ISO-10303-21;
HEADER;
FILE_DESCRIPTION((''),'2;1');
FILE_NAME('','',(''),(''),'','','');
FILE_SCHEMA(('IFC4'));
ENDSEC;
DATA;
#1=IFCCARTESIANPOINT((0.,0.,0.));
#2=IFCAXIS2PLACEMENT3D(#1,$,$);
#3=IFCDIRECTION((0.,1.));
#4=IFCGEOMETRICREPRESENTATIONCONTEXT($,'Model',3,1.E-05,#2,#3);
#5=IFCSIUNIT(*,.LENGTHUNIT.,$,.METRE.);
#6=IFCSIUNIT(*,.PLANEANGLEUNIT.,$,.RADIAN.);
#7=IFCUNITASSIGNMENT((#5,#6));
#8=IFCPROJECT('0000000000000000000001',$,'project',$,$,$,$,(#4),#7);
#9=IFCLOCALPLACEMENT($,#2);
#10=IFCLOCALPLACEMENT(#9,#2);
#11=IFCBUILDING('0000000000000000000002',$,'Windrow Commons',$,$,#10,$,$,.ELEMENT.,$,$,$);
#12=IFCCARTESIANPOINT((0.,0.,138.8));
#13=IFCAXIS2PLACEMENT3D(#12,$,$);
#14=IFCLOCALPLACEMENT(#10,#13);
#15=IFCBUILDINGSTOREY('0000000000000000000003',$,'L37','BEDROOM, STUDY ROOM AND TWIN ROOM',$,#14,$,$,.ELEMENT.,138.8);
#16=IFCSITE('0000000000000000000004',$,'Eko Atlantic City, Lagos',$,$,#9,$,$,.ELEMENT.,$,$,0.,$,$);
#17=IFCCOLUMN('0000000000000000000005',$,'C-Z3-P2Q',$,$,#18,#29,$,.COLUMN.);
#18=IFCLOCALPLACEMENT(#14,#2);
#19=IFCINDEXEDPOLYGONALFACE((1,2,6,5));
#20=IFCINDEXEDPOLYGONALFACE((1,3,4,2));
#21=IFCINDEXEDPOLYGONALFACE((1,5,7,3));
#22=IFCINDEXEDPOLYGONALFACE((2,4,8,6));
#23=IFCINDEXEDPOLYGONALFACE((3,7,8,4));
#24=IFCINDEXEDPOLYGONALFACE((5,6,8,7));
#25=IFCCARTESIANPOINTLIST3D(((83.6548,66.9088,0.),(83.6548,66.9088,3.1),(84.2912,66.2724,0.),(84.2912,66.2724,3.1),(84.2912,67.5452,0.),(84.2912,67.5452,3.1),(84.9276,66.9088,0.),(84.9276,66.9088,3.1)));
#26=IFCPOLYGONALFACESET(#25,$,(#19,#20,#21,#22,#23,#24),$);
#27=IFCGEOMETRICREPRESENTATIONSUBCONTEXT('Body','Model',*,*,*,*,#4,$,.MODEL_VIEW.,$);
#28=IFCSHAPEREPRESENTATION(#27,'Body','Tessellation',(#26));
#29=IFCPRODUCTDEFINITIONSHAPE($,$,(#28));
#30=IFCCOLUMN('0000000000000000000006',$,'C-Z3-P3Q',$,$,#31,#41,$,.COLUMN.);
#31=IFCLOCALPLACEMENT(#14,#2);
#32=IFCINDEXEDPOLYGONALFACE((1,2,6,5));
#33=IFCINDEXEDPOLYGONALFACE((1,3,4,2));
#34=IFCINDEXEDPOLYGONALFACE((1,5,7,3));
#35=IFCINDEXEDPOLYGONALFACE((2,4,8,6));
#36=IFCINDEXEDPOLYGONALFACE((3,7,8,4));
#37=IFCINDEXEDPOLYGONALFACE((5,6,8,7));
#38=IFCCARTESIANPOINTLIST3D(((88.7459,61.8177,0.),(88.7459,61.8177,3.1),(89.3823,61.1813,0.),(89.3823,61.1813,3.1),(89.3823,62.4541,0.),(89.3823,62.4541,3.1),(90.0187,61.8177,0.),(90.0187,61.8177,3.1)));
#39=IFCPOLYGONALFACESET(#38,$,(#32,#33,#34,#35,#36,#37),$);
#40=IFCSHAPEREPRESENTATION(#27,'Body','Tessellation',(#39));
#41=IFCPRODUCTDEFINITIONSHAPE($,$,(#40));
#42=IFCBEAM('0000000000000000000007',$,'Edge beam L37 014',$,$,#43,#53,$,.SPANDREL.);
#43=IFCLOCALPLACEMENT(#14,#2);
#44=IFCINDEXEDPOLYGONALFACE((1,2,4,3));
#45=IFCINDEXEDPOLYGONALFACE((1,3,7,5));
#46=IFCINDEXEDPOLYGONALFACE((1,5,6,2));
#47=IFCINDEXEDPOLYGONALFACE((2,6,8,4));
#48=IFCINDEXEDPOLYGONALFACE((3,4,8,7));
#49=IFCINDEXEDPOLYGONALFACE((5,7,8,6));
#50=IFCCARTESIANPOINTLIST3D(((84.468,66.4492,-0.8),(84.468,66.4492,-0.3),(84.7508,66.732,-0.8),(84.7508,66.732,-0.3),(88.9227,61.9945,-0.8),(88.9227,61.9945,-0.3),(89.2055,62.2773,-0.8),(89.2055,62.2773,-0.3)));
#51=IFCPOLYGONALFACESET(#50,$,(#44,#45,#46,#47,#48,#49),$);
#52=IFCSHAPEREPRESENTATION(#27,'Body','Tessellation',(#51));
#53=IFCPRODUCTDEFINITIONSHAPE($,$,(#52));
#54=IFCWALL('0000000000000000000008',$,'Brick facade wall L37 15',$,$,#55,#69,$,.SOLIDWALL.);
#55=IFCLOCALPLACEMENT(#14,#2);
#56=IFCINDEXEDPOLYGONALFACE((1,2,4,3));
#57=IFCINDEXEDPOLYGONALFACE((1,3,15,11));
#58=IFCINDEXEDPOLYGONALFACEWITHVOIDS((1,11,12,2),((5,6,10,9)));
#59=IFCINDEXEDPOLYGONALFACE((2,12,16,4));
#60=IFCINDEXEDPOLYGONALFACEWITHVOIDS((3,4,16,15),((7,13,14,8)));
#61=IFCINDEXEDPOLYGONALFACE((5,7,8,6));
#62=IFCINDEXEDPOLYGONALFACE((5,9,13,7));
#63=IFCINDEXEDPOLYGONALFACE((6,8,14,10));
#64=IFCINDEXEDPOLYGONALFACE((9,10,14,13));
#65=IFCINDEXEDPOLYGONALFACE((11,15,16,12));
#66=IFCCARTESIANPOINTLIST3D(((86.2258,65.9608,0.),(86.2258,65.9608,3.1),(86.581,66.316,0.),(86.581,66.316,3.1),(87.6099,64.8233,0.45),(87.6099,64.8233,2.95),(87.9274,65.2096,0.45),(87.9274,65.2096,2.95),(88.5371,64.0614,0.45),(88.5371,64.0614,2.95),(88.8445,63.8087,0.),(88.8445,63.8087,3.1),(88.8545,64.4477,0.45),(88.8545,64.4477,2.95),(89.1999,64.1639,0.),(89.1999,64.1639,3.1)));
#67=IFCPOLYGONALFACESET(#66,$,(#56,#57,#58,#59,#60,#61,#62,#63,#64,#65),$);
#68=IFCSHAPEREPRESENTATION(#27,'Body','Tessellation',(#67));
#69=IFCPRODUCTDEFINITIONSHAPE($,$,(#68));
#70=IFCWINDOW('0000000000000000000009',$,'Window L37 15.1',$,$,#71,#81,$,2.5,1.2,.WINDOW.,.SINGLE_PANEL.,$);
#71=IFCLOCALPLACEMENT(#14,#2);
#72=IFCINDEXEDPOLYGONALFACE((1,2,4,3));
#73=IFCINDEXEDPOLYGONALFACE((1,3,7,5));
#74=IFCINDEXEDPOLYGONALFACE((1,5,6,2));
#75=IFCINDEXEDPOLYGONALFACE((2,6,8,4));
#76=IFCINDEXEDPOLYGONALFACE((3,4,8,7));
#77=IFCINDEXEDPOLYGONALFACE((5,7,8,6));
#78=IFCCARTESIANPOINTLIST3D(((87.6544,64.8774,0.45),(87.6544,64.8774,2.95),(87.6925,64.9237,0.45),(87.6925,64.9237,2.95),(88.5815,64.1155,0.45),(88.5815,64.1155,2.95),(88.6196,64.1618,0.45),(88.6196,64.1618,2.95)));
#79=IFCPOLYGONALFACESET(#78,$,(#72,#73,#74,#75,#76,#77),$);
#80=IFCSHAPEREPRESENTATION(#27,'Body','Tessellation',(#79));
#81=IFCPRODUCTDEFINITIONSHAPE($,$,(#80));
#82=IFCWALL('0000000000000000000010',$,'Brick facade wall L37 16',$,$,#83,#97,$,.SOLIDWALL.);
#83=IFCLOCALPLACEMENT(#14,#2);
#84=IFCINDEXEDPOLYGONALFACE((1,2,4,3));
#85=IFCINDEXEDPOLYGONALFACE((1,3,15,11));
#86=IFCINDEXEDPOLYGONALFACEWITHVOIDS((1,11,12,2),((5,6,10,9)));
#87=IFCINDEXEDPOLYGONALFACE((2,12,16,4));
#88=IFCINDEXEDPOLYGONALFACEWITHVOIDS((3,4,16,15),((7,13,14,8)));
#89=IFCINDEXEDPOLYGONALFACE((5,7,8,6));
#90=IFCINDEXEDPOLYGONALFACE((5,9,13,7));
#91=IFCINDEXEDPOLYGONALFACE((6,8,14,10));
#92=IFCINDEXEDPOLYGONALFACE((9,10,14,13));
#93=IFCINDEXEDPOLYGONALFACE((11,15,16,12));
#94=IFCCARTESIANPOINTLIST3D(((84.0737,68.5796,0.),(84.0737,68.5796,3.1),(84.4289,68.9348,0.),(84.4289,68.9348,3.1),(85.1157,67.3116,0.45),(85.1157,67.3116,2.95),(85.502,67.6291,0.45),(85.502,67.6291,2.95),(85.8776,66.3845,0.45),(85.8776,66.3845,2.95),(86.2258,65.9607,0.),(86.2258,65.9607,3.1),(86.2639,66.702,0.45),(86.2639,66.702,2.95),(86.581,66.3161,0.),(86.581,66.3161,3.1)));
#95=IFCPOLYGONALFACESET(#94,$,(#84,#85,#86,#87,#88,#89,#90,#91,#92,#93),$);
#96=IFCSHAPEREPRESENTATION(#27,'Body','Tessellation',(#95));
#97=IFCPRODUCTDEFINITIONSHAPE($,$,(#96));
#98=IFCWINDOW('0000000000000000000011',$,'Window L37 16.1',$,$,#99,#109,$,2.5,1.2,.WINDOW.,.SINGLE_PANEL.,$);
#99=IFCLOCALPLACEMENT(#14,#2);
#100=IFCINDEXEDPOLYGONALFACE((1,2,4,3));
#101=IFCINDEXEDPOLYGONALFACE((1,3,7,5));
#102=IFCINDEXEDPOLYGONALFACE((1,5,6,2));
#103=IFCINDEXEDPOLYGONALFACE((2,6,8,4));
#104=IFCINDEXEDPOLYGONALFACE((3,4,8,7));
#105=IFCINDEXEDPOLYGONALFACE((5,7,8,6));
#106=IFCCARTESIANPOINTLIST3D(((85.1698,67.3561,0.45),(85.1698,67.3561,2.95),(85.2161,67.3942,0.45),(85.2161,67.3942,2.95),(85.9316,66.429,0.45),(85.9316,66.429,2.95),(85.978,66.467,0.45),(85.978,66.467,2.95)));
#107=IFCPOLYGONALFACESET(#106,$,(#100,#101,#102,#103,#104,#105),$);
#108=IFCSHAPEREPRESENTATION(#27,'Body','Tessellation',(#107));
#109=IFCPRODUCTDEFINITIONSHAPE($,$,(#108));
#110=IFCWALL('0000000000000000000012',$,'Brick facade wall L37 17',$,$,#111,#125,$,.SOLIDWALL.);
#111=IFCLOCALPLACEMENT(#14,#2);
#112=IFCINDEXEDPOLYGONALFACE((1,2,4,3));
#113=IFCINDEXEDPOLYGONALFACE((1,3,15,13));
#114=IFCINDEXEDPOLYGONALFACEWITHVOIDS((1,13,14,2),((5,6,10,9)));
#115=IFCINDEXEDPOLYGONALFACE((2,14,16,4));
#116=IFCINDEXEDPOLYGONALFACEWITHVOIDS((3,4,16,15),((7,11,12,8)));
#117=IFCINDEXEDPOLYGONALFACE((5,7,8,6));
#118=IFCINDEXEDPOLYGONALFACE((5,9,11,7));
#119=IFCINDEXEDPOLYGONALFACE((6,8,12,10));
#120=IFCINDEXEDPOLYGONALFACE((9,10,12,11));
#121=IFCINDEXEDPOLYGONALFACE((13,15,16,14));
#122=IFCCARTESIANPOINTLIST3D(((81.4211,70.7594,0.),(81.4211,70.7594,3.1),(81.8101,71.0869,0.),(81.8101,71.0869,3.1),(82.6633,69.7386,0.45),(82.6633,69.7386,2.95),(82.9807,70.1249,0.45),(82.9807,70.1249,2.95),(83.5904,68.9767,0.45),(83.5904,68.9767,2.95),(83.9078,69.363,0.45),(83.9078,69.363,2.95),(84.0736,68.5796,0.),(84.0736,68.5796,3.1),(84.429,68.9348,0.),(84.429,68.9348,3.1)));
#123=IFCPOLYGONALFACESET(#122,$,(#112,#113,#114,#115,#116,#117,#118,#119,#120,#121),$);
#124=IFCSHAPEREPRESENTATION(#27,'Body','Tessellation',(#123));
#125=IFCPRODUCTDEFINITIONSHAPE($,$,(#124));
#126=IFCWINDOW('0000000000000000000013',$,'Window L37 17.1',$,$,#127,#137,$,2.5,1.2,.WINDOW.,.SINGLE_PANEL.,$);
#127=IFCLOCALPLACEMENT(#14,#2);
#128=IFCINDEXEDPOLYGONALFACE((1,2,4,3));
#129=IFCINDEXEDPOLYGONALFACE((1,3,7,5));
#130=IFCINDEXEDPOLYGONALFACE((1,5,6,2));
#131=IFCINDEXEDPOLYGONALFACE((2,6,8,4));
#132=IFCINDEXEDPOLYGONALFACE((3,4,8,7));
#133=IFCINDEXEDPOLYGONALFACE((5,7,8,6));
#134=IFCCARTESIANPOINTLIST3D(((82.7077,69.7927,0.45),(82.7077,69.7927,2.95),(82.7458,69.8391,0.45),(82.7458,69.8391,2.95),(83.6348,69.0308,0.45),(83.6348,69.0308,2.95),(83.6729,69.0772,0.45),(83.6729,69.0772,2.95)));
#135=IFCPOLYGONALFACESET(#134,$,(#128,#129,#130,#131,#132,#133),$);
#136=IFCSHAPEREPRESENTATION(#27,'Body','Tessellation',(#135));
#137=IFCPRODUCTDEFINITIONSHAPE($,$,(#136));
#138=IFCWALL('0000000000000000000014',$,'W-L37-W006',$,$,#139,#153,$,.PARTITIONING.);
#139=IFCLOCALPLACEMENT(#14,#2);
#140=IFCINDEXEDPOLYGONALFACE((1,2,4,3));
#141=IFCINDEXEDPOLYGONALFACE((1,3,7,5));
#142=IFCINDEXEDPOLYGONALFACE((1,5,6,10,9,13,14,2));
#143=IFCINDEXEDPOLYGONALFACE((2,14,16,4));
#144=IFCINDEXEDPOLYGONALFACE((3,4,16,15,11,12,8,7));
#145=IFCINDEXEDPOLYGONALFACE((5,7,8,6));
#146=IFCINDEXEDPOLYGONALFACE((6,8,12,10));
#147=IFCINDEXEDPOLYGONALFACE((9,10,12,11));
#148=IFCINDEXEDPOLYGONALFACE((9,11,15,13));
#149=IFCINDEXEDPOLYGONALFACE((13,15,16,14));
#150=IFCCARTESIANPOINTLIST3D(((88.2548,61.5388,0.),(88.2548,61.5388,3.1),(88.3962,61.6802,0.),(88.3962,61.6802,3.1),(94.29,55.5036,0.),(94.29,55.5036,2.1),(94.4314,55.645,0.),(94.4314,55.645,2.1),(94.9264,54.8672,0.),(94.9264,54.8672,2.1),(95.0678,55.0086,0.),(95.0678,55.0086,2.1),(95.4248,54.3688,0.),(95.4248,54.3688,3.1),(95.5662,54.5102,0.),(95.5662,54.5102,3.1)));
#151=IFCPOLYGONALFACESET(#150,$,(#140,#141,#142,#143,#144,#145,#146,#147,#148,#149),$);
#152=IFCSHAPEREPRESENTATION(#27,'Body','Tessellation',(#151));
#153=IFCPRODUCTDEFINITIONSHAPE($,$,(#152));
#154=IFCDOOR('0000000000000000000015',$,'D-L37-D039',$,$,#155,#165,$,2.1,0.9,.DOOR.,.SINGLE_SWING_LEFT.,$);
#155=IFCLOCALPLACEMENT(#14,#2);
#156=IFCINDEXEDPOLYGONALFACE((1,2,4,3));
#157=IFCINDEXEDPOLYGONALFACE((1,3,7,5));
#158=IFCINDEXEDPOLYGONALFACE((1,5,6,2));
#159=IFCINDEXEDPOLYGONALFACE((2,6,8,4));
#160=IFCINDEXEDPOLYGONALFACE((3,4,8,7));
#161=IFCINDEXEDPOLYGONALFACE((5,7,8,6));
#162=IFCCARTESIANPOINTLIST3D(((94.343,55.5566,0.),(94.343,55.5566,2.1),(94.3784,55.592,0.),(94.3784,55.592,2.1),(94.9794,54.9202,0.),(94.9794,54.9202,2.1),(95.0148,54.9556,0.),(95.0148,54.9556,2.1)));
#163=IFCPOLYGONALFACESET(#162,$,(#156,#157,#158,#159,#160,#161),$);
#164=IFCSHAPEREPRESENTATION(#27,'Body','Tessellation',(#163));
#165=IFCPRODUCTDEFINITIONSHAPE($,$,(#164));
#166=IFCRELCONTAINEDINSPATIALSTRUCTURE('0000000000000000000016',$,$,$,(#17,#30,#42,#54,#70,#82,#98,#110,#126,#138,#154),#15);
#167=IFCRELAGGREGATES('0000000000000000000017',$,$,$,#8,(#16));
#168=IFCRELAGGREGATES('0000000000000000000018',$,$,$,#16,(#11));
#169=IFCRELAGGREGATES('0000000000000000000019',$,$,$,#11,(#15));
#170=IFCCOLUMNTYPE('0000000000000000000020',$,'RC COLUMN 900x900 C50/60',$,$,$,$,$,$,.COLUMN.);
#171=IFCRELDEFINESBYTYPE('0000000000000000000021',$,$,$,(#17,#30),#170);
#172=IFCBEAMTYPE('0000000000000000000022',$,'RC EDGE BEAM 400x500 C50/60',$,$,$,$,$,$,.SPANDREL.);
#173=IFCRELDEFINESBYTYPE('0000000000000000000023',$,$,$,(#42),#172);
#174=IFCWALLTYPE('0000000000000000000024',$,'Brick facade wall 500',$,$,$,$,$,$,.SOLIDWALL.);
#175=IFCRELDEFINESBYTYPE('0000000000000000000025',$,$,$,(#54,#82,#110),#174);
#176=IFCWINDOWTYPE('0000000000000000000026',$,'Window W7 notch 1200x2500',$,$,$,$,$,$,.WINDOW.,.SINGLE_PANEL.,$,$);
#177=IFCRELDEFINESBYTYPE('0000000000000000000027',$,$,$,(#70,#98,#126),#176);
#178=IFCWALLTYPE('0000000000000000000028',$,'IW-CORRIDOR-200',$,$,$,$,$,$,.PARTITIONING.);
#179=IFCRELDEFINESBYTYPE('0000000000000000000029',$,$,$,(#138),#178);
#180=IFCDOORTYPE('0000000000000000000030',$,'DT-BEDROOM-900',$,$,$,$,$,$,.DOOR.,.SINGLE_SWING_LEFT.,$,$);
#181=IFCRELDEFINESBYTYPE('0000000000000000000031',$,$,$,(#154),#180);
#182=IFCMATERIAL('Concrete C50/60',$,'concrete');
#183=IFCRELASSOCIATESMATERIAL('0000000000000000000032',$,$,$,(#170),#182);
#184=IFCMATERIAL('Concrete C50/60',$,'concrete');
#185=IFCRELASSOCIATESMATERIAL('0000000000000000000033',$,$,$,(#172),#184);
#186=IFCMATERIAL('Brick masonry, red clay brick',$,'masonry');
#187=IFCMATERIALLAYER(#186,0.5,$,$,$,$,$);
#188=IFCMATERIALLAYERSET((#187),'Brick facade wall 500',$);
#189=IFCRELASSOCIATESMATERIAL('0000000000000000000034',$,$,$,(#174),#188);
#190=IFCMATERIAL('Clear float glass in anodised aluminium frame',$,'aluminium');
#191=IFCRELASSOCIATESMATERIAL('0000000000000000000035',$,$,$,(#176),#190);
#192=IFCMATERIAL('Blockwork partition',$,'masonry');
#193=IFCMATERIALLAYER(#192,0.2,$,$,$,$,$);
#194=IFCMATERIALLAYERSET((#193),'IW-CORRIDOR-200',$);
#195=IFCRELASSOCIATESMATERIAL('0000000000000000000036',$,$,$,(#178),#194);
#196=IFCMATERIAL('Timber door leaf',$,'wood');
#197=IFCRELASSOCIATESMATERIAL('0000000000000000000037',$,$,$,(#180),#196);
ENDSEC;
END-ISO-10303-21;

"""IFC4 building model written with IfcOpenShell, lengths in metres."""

from ifc_helpers import new_model, si_unit, direction, frame, frame_2d, origin, origin_2d, place, context, subcontext, project, spatial, polyline, rectangle, outline, extrude, material, layer, layer_set, material_profile, profile_set, type_object, element, fill, save


model = new_model("IFC4")

# Units and contexts
model_context = context("Model", 3, precision=1e-05, world=origin(), true_north=direction((0.0, 1.0)))
body_context = subcontext(model_context, "Body", "Model", "MODEL_VIEW")
ifc_project = project(units=[si_unit("LENGTHUNIT", "METRE"), si_unit("PLANEANGLEUNIT", "RADIAN")], contexts=[model_context])

# Site, building, storey
site_placement = place(None, origin())
site = spatial("IfcSite", under=ifc_project, at=site_placement, Name="Eko Atlantic City, Lagos", CompositionType="ELEMENT", RefElevation=0.0)
building_placement = place(site_placement, origin())
building = spatial("IfcBuilding", under=site, at=building_placement, Name="Windrow Commons", CompositionType="ELEMENT")
storey_placement = place(building_placement, frame((0.0, 0.0, 138.8)))
storey = spatial("IfcBuildingStorey", under=building, at=storey_placement, Name="L37", Description="BEDROOM, STUDY ROOM AND TWIN ROOM", CompositionType="ELEMENT", Elevation=138.8)

# Columns
ifc_material_1 = material(Name="Concrete C50/60", Category="concrete")
ifc_material_profile_1 = material_profile(ifc_material_1, rectangle(XDim=0.9, YDim=0.9, at=origin_2d()))
ifc_profile_set_1 = profile_set([ifc_material_profile_1], Name="Concrete C50/60")
column_type = type_object("IfcColumnType", Name="RC COLUMN 900x900 C50/60", PredefinedType="COLUMN", material=ifc_profile_set_1)
for number, where, z_axis, x_axis, name in (
    (1, (84.2912, 66.9088, 0.0), (0.0, 0.0, 1.0), (0.707107, -0.707107, 0.0), "C-Z3-P2Q"),
    (2, (89.3823, 61.8177, 0.0), (0.0, 0.0, 1.0), (0.707107, -0.707107, 0.0), "C-Z3-P3Q"),
):
    element("IfcColumn", number, at=place(storey_placement, frame(where, z_axis=z_axis, x_axis=x_axis)), inside=storey, type_object=column_type, Name=name, PredefinedType="COLUMN", context=body_context, shape_type="SweptSolid", body=[
        extrude(rectangle(XDim=0.9, YDim=0.9, at=origin_2d()), origin(), (0.0, 0.0, 1.0), 3.1),
    ])

# Beam
ifc_material_2 = material(Name="Concrete C50/60", Category="concrete")
ifc_material_profile_2 = material_profile(ifc_material_2, rectangle(XDim=0.4, YDim=0.5, at=origin_2d()))
ifc_profile_set_2 = profile_set([ifc_material_profile_2], Name="Concrete C50/60")
beam_type = type_object("IfcBeamType", Name="RC EDGE BEAM 400x500 C50/60", PredefinedType="SPANDREL", material=ifc_profile_set_2)
beam_placement = place(storey_placement, frame((84.6094, 66.5906, -0.55), z_axis=(0.707107, -0.707107, 0.0), x_axis=(0.707107, 0.707107, 0.0)))
element("IfcBeam", 3, at=beam_placement, inside=storey, type_object=beam_type, Name="Edge beam L37 014", PredefinedType="SPANDREL", context=body_context, shape_type="SweptSolid", body=[
    extrude(rectangle(XDim=0.4, YDim=0.5, at=origin_2d()), origin(), (0.0, 0.0, 1.0), 6.2999),
])

# Walls, openings, windows
ifc_material_3 = material(Name="Brick masonry, red clay brick", Category="masonry")
ifc_layer_1 = layer(ifc_material_3, 0.5)
ifc_layer_set_1 = layer_set([ifc_layer_1], Name="Brick facade wall 500")
wall_type_1 = type_object("IfcWallType", Name="Brick facade wall 500", PredefinedType="SOLIDWALL", material=ifc_layer_set_1)
wall_1_placement = place(storey_placement, frame((89.0222, 63.9863, 0.0), z_axis=(0.0, 0.0, 1.0), x_axis=(-0.77259, 0.634905, 0.0)))
wall_1 = element("IfcWall", 4, at=wall_1_placement, inside=storey, type_object=wall_type_1, Name="Brick facade wall L37 15", PredefinedType="SOLIDWALL", context=body_context, shape_type="SweptSolid", body=[
    extrude(outline(polyline([(-0.0245, -0.25), (3.3652, -0.25), (3.4141, 0.25), (0.0245, 0.25), (-0.0245, -0.25)])), origin(), (0.0, 0.0, 1.0), 3.1),
])
opening_1_placement = place(wall_1_placement, frame((0.4225, 0.0, 0.45)))
opening_1 = element("IfcOpeningElement", 5, at=opening_1_placement, cuts=wall_1, PredefinedType="OPENING", context=body_context, shape_type="SweptSolid", body=[
    extrude(rectangle(XDim=1.2, YDim=2.5, at=frame_2d((0.6, 1.25))), frame((0.0, 0.26, 0.0), z_axis=(0.0, -1.0, 0.0), x_axis=(1.0, 0.0, 0.0)), (0.0, 0.0, 1.0), 0.52),
])
ifc_material_4 = material(Name="Clear float glass in anodised aluminium frame", Category="aluminium")
window_type = type_object("IfcWindowType", Name="Window W7 notch 1200x2500", PartitioningType="SINGLE_PANEL", PredefinedType="WINDOW", material=ifc_material_4)
window_1_placement = place(opening_1_placement, origin())
window_1 = element("IfcWindow", 6, at=window_1_placement, inside=storey, type_object=window_type, Name="Window L37 15.1", OverallHeight=2.5, OverallWidth=1.2, PartitioningType="SINGLE_PANEL", PredefinedType="WINDOW", context=body_context, shape_type="SweptSolid", body=[
    extrude(rectangle(XDim=1.2, YDim=2.5, at=frame_2d((0.6, 1.25))), frame((0.0, 0.18, 0.0), z_axis=(0.0, -1.0, 0.0), x_axis=(1.0, 0.0, 0.0)), (0.0, 0.0, 1.0), 0.06),
])
fill(opening_1, window_1)
wall_2_placement = place(storey_placement, frame((86.4034, 66.1384, 0.0), z_axis=(0.0, 0.0, 1.0), x_axis=(-0.634905, 0.77259, 0.0)))
wall_2 = element("IfcWall", 7, at=wall_2_placement, inside=storey, type_object=wall_type_1, Name="Brick facade wall L37 16", PredefinedType="SOLIDWALL", context=body_context, shape_type="SweptSolid", body=[
    extrude(outline(polyline([(0.0245, -0.25), (3.4141, -0.25), (3.3652, 0.25), (-0.0245, 0.25), (0.0245, -0.25)])), origin(), (0.0, 0.0, 1.0), 3.1),
])
opening_2_placement = place(wall_2_placement, frame((0.524, 0.0, 0.45)))
opening_2 = element("IfcOpeningElement", 8, at=opening_2_placement, cuts=wall_2, PredefinedType="OPENING", context=body_context, shape_type="SweptSolid", body=[
    extrude(rectangle(XDim=1.2, YDim=2.5, at=frame_2d((0.6, 1.25))), frame((0.0, 0.26, 0.0), z_axis=(0.0, -1.0, 0.0), x_axis=(1.0, 0.0, 0.0)), (0.0, 0.0, 1.0), 0.52),
])
window_2_placement = place(opening_2_placement, origin())
window_2 = element("IfcWindow", 9, at=window_2_placement, inside=storey, type_object=window_type, Name="Window L37 16.1", OverallHeight=2.5, OverallWidth=1.2, PartitioningType="SINGLE_PANEL", PredefinedType="WINDOW", context=body_context, shape_type="SweptSolid", body=[
    extrude(rectangle(XDim=1.2, YDim=2.5, at=frame_2d((0.6, 1.25))), frame((0.0, 0.18, 0.0), z_axis=(0.0, -1.0, 0.0), x_axis=(1.0, 0.0, 0.0)), (0.0, 0.0, 1.0), 0.06),
])
fill(opening_2, window_2)
wall_3_placement = place(storey_placement, frame((84.2513, 68.7572, 0.0), z_axis=(0.0, 0.0, 1.0), x_axis=(-0.772588, 0.634908, 0.0)))
wall_3 = element("IfcWall", 10, at=wall_3_placement, inside=storey, type_object=wall_type_1, Name="Brick facade wall L37 17", PredefinedType="SOLIDWALL", context=body_context, shape_type="SweptSolid", body=[
    extrude(outline(polyline([(-0.0245, -0.25), (3.3652, -0.25), (3.4578, 0.25), (0.0245, 0.25), (-0.0245, -0.25)])), origin(), (0.0, 0.0, 1.0), 3.1),
])
opening_3_placement = place(wall_3_placement, frame((0.65, 0.0, 0.45)))
opening_3 = element("IfcOpeningElement", 11, at=opening_3_placement, cuts=wall_3, PredefinedType="OPENING", context=body_context, shape_type="SweptSolid", body=[
    extrude(rectangle(XDim=1.2, YDim=2.5, at=frame_2d((0.6, 1.25))), frame((0.0, 0.26, 0.0), z_axis=(0.0, -1.0, 0.0), x_axis=(1.0, 0.0, 0.0)), (0.0, 0.0, 1.0), 0.52),
])
window_3_placement = place(opening_3_placement, origin())
window_3 = element("IfcWindow", 12, at=window_3_placement, inside=storey, type_object=window_type, Name="Window L37 17.1", OverallHeight=2.5, OverallWidth=1.2, PartitioningType="SINGLE_PANEL", PredefinedType="WINDOW", context=body_context, shape_type="SweptSolid", body=[
    extrude(rectangle(XDim=1.2, YDim=2.5, at=frame_2d((0.6, 1.25))), frame((0.0, 0.18, 0.0), z_axis=(0.0, -1.0, 0.0), x_axis=(1.0, 0.0, 0.0)), (0.0, 0.0, 1.0), 0.06),
])
fill(opening_3, window_3)

# Wall, opening, door
ifc_material_5 = material(Name="Blockwork partition", Category="masonry")
ifc_layer_2 = layer(ifc_material_5, 0.2)
ifc_layer_set_2 = layer_set([ifc_layer_2], Name="IW-CORRIDOR-200")
wall_type_2 = type_object("IfcWallType", Name="IW-CORRIDOR-200", PredefinedType="PARTITIONING", material=ifc_layer_set_2)
wall_4_placement = place(storey_placement, frame((88.3255, 61.6095, 0.0), z_axis=(0.0, 0.0, 1.0), x_axis=(0.707107, -0.707107, 0.0)))
wall_4 = element("IfcWall", 13, at=wall_4_placement, inside=storey, type_object=wall_type_2, Name="W-L37-W006", PredefinedType="PARTITIONING", context=body_context, shape_type="SweptSolid", body=[
    extrude(rectangle(XDim=10.1399, YDim=0.2, at=frame_2d((5.07, 0.0))), origin(), (0.0, 0.0, 1.0), 3.1),
])
opening_4_placement = place(wall_4_placement, frame((8.5351, 0.0, 0.0)))
opening_4 = element("IfcOpeningElement", 14, at=opening_4_placement, cuts=wall_4, PredefinedType="OPENING", context=body_context, shape_type="SweptSolid", body=[
    extrude(rectangle(XDim=0.9, YDim=2.1, at=frame_2d((0.45, 1.05))), frame((0.0, 0.11, 0.0), z_axis=(0.0, -1.0, 0.0), x_axis=(1.0, 0.0, 0.0)), (0.0, 0.0, 1.0), 0.22),
])
ifc_material_6 = material(Name="Timber door leaf", Category="wood")
door_type = type_object("IfcDoorType", Name="DT-BEDROOM-900", OperationType="SINGLE_SWING_LEFT", PredefinedType="DOOR", material=ifc_material_6)
door_placement = place(opening_4_placement, origin())
door = element("IfcDoor", 15, at=door_placement, inside=storey, type_object=door_type, Name="D-L37-D039", OperationType="SINGLE_SWING_LEFT", OverallHeight=2.1, OverallWidth=0.9, PredefinedType="DOOR", context=body_context, shape_type="SweptSolid", body=[
    extrude(rectangle(XDim=0.9, YDim=2.1, at=frame_2d((0.45, 1.05))), frame((0.0, 0.025, 0.0), z_axis=(0.0, -1.0, 0.0), x_axis=(1.0, 0.0, 0.0)), (0.0, 0.0, 1.0), 0.05),
])
fill(opening_4, door)

save(model, "model.ifc")
